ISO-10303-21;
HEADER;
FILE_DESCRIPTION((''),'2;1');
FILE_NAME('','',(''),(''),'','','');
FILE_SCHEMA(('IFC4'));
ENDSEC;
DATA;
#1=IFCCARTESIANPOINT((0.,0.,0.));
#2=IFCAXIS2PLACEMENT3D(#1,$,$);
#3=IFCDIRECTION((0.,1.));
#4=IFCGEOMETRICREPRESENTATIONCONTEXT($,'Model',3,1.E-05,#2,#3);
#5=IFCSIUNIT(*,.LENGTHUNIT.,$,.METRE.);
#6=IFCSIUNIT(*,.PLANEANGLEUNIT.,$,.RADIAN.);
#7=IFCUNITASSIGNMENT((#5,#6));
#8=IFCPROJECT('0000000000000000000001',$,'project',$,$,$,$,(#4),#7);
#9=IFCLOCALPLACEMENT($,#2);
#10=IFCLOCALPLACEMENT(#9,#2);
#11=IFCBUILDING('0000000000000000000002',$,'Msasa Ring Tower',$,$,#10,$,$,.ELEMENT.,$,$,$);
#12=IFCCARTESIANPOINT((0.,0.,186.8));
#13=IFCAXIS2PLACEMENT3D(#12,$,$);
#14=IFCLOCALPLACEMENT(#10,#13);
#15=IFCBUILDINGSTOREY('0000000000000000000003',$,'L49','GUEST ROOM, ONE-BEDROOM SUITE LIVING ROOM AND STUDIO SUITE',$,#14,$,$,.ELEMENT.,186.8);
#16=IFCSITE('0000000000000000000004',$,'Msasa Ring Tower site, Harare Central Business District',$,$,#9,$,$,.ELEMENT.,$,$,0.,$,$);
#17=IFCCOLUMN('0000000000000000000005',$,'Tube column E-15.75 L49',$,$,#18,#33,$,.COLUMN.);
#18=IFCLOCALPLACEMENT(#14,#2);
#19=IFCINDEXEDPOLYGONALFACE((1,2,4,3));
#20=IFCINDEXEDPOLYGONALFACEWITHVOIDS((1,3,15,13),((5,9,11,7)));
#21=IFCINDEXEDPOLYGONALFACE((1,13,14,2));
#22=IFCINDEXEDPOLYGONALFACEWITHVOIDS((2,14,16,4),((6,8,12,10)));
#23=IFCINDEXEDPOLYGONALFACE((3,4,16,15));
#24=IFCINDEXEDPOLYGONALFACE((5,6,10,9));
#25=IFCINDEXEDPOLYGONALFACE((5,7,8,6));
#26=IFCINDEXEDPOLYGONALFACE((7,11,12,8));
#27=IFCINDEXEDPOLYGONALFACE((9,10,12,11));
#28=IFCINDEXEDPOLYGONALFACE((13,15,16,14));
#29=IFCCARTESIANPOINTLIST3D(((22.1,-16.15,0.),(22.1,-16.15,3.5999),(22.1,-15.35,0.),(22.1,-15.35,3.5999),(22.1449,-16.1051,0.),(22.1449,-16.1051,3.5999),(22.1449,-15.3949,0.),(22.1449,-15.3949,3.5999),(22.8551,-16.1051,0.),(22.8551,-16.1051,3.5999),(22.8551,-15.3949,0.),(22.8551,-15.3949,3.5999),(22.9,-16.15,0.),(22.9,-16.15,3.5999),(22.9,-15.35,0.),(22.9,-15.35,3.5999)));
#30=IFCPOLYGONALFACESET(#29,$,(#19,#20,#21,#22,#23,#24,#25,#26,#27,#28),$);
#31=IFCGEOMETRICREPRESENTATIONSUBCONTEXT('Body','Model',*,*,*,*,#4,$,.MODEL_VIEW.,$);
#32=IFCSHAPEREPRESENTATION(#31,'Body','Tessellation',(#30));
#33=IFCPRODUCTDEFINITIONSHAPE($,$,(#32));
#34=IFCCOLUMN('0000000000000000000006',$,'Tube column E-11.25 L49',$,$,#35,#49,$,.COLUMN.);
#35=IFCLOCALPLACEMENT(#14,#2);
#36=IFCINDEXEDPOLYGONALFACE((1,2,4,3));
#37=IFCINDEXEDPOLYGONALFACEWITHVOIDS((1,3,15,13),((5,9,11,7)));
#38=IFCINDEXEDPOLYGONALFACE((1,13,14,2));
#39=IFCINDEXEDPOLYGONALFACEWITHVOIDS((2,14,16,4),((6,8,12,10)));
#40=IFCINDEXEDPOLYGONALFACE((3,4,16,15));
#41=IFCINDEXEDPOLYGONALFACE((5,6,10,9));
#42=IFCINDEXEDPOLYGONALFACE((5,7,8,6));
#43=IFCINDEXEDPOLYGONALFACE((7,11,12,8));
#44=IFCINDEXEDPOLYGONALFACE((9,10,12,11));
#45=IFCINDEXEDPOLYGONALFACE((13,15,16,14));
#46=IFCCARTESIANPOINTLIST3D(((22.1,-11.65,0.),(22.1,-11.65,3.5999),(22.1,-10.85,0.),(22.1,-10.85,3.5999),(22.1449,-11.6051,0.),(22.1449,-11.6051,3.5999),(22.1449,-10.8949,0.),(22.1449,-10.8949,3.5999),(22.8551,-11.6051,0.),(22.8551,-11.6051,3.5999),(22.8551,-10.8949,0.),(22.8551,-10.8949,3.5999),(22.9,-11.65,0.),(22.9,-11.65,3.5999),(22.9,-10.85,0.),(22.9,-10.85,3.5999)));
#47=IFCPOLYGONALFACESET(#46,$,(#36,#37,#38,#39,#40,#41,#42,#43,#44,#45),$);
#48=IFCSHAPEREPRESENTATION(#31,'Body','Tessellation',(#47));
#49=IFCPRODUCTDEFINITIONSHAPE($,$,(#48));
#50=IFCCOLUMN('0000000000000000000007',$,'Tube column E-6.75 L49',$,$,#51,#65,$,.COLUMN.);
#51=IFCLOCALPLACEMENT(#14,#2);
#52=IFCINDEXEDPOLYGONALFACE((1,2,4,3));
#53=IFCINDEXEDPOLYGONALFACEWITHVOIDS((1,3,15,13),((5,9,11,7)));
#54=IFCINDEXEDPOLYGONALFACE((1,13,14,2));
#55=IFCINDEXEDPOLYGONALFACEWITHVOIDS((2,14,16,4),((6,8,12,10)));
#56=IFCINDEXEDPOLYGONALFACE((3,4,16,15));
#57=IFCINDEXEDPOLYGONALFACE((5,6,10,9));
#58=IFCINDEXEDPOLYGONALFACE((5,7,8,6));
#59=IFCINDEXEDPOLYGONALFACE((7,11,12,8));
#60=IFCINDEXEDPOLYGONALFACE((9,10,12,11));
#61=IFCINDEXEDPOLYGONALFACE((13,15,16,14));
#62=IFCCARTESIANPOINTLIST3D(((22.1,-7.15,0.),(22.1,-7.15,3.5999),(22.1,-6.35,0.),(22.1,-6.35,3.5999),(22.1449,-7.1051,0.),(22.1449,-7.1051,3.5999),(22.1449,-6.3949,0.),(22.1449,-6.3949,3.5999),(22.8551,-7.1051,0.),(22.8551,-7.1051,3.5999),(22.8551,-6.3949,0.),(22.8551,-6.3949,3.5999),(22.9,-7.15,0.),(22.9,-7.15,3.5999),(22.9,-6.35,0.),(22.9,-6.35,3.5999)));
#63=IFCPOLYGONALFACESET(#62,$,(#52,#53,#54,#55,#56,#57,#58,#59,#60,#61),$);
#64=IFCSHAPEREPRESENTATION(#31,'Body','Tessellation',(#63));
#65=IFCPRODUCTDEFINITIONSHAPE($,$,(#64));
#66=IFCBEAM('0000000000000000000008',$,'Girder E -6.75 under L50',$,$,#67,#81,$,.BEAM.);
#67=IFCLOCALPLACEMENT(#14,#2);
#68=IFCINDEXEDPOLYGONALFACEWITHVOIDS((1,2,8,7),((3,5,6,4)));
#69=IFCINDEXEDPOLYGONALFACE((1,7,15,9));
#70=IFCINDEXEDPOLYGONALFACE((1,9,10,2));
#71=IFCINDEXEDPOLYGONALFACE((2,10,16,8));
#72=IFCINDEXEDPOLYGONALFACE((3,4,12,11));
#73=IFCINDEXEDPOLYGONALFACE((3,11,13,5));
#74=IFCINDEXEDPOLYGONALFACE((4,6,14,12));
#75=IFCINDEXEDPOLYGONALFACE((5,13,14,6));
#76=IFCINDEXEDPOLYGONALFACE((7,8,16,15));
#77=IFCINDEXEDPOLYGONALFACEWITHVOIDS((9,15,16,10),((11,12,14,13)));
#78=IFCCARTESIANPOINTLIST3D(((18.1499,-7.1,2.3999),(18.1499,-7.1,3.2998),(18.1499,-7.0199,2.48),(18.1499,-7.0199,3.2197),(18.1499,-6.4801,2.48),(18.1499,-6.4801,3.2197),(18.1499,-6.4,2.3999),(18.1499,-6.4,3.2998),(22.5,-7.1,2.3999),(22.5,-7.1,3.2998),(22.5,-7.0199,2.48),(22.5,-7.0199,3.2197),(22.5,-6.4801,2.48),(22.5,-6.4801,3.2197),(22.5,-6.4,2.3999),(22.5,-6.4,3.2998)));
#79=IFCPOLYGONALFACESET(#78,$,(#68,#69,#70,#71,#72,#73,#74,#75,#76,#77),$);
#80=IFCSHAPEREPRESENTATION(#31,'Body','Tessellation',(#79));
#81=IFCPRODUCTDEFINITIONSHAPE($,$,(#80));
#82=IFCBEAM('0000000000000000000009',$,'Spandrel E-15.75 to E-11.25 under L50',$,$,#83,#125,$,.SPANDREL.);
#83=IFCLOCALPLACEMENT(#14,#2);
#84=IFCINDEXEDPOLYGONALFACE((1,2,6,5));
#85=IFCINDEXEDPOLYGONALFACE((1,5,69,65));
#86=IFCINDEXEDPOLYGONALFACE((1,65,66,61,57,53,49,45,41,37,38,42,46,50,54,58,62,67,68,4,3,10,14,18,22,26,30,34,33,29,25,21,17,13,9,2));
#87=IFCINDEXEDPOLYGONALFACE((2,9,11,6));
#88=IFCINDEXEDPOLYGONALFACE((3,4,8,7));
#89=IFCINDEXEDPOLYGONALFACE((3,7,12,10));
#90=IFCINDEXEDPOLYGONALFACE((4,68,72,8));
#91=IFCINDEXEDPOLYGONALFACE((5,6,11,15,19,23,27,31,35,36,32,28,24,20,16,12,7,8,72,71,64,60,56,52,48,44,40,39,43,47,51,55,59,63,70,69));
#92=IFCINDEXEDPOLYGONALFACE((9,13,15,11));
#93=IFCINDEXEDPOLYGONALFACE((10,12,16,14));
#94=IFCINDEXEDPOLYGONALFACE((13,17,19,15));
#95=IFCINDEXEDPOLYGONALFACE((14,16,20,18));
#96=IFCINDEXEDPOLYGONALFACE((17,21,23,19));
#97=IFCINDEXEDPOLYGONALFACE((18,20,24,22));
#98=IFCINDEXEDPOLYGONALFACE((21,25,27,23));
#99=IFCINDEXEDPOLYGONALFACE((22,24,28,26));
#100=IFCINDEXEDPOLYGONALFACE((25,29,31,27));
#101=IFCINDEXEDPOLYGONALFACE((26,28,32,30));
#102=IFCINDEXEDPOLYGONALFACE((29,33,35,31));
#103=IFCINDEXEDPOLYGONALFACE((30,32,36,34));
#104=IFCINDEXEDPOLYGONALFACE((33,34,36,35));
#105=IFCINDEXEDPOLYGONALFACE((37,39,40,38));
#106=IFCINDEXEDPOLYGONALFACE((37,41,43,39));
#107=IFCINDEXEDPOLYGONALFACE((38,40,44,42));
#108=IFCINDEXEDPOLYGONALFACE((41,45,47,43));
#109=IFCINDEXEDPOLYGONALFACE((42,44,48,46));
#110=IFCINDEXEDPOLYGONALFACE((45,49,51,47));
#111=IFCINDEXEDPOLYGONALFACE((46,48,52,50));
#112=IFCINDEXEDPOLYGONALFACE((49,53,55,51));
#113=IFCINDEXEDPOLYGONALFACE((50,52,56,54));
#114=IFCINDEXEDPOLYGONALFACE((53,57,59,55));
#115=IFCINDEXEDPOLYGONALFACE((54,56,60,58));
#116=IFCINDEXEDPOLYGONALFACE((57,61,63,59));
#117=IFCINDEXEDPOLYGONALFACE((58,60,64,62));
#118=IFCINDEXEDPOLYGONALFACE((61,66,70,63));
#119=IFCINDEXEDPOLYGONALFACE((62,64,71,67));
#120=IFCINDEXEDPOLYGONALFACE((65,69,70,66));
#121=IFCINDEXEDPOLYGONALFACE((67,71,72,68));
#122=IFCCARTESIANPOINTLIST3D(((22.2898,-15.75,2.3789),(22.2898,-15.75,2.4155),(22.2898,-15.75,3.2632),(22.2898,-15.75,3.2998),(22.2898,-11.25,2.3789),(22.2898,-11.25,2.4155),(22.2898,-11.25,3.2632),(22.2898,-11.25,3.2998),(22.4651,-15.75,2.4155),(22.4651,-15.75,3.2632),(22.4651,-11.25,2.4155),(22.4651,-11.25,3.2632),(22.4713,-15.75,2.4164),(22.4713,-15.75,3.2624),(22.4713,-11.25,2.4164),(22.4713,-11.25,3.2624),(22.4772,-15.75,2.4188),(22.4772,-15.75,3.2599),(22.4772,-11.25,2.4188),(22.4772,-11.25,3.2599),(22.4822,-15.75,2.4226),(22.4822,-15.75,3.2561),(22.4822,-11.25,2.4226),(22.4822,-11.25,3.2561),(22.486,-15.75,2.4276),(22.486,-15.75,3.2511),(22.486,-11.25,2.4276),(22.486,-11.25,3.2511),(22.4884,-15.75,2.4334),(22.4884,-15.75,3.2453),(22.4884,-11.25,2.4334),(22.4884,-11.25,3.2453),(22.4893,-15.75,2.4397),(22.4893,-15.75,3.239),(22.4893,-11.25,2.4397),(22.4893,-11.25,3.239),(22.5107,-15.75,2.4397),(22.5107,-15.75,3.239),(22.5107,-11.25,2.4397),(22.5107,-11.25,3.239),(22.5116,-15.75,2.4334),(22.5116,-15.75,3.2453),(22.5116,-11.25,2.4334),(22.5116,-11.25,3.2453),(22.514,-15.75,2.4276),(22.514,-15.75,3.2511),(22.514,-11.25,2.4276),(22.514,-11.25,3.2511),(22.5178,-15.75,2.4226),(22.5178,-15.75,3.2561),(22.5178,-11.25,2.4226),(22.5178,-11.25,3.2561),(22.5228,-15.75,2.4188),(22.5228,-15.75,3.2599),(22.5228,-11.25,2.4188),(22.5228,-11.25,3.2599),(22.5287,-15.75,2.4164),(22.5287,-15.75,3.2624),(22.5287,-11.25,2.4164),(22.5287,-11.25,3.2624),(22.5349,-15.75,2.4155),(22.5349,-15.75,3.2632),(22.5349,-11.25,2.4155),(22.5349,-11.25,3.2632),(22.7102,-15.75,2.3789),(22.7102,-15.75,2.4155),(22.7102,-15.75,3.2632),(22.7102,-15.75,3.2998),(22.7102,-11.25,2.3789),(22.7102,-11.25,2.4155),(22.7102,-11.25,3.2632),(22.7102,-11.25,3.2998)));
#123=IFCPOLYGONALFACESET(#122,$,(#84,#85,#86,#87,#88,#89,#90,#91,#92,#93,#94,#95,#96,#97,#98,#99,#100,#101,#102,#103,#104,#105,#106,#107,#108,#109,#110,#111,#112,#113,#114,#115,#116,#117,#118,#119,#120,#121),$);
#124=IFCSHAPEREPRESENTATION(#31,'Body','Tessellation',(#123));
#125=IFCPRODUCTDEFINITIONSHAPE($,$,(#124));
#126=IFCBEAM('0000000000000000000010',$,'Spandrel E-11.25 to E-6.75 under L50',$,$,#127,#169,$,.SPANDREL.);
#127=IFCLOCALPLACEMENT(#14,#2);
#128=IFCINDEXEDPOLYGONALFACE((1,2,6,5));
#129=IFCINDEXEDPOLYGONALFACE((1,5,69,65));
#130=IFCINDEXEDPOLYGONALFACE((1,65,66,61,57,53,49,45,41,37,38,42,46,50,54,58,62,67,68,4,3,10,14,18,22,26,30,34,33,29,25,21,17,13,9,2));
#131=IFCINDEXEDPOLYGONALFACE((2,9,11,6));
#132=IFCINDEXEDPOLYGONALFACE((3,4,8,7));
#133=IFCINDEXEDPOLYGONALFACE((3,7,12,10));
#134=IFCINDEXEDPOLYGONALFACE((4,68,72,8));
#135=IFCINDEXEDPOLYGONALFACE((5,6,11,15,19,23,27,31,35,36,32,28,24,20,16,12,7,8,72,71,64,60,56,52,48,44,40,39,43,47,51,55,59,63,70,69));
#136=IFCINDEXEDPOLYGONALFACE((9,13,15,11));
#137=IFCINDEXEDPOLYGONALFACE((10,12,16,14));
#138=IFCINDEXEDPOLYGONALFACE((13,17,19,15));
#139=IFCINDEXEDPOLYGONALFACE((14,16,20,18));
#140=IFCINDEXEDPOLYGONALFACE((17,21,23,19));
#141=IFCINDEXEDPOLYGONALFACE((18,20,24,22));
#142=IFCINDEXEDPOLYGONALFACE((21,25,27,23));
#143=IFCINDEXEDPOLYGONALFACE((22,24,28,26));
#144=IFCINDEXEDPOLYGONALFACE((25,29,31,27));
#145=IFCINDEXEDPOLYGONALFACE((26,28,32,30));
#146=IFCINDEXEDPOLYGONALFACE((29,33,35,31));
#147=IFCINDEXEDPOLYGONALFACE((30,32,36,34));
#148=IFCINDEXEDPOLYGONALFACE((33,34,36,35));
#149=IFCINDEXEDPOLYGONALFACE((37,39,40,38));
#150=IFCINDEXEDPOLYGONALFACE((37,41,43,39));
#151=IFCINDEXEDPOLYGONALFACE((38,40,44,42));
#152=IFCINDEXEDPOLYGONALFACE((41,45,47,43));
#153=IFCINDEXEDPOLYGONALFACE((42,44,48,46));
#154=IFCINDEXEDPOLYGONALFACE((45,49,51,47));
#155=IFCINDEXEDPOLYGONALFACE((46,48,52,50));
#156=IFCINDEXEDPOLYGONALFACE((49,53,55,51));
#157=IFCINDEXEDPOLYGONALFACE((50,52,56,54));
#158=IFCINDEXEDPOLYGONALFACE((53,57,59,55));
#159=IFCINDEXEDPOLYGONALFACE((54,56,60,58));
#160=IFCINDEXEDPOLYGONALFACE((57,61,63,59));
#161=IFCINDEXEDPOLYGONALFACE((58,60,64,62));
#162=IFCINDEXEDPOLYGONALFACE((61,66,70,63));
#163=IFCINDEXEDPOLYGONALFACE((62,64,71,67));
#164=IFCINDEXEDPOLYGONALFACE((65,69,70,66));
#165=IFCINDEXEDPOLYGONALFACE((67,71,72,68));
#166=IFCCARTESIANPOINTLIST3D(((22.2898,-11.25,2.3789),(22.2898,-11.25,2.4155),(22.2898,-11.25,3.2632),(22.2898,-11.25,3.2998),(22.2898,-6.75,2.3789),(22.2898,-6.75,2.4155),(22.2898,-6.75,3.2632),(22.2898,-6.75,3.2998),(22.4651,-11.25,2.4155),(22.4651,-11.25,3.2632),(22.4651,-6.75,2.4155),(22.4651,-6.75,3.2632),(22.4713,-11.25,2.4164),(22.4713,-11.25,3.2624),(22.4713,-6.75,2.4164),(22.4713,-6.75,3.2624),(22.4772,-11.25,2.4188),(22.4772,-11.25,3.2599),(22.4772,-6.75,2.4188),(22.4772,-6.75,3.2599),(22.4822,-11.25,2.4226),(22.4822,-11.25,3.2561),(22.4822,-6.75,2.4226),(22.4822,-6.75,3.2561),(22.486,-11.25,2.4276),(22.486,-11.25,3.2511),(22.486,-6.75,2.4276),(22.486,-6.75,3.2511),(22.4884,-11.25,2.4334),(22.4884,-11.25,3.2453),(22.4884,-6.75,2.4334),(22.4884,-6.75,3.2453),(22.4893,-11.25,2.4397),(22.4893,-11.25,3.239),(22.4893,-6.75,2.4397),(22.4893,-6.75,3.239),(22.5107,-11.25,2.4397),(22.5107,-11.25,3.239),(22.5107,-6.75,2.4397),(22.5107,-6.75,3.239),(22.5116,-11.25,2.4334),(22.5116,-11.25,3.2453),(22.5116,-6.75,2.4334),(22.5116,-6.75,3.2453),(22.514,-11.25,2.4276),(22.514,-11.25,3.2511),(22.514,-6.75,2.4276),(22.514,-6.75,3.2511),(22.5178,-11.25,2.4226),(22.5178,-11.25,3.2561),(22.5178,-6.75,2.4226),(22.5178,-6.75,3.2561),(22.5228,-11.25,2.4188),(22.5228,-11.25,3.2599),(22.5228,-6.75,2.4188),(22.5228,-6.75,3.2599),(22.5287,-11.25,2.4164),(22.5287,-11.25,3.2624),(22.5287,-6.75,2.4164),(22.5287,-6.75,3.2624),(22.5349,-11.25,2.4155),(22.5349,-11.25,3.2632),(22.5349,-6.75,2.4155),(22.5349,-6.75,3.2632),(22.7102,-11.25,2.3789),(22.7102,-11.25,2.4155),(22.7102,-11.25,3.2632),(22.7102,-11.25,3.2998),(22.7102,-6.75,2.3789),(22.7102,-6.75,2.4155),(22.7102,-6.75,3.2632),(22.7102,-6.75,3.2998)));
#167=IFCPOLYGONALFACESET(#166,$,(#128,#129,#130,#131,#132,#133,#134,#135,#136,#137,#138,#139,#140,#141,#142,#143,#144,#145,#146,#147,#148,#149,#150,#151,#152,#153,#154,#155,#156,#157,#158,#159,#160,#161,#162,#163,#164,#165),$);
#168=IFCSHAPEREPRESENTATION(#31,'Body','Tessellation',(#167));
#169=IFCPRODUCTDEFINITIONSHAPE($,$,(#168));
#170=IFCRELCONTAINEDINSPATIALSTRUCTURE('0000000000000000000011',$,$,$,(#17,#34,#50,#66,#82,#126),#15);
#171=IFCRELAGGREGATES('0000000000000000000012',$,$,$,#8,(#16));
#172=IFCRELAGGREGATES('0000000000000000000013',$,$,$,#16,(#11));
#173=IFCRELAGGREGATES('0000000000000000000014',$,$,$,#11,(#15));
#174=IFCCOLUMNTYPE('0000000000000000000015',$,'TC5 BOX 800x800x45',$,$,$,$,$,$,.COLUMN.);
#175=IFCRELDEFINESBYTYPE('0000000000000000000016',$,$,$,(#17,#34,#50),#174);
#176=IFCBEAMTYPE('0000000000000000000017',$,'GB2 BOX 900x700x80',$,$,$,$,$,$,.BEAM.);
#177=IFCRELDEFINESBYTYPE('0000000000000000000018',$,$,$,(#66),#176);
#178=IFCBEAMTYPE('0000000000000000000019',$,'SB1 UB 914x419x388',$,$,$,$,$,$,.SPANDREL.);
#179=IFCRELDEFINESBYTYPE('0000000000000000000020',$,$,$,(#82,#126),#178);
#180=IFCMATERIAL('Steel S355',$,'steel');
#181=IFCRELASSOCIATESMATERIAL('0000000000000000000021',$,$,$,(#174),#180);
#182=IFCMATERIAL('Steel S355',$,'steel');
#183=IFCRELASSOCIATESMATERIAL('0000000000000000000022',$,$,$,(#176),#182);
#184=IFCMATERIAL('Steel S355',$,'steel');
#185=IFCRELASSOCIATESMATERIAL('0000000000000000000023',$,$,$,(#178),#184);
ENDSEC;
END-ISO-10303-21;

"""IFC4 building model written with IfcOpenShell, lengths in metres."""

from ifc_helpers import new_model, si_unit, direction, frame, origin, origin_2d, place, context, subcontext, project, spatial, hollow_rectangle, i_section, extrude, material, material_profile, profile_set, type_object, element, save


model = new_model("IFC4")

# Units and contexts
model_context = context("Model", 3, precision=1e-05, world=origin(), true_north=direction((0.0, 1.0)))
body_context = subcontext(model_context, "Body", "Model", "MODEL_VIEW")
ifc_project = project(units=[si_unit("LENGTHUNIT", "METRE"), si_unit("PLANEANGLEUNIT", "RADIAN")], contexts=[model_context])

# Site, building, storey
site_placement = place(None, origin())
site = spatial("IfcSite", under=ifc_project, at=site_placement, Name="Msasa Ring Tower site, Harare Central Business District", CompositionType="ELEMENT", RefElevation=0.0)
building_placement = place(site_placement, origin())
building = spatial("IfcBuilding", under=site, at=building_placement, Name="Msasa Ring Tower", CompositionType="ELEMENT")
storey_placement = place(building_placement, frame((0.0, 0.0, 186.8)))
storey = spatial("IfcBuildingStorey", under=building, at=storey_placement, Name="L49", Description="GUEST ROOM, ONE-BEDROOM SUITE LIVING ROOM AND STUDIO SUITE", CompositionType="ELEMENT", Elevation=186.8)

# Columns
ifc_material_1 = material(Name="Steel S355", Category="steel")
ifc_material_profile_1 = material_profile(ifc_material_1, hollow_rectangle(XDim=0.8, YDim=0.8, WallThickness=0.0449, at=origin_2d()), Name="BOX 800x800x45")
ifc_profile_set_1 = profile_set([ifc_material_profile_1], Name="Steel S355")
column_type = type_object("IfcColumnType", Name="TC5 BOX 800x800x45", PredefinedType="COLUMN", material=ifc_profile_set_1)
for number, where, z_axis, x_axis, name in (
    (1, (22.5, -15.75, 0.0), (0.0, 0.0, 1.0), (1.0, 0.0, 0.0), "Tube column E-15.75 L49"),
    (2, (22.5, -11.25, 0.0), (0.0, 0.0, 1.0), (1.0, 0.0, 0.0), "Tube column E-11.25 L49"),
    (3, (22.5, -6.75, 0.0), (0.0, 0.0, 1.0), (1.0, 0.0, 0.0), "Tube column E-6.75 L49"),
):
    element("IfcColumn", number, at=place(storey_placement, frame(where, z_axis=z_axis, x_axis=x_axis)), inside=storey, type_object=column_type, Name=name, PredefinedType="COLUMN", context=body_context, shape_type="SweptSolid", body=[
        extrude(hollow_rectangle(XDim=0.8, YDim=0.8, WallThickness=0.0449, at=origin_2d()), origin(), (0.0, 0.0, 1.0), 3.5999),
    ])

# Beams
ifc_material_2 = material(Name="Steel S355", Category="steel")
ifc_material_profile_2 = material_profile(ifc_material_2, hollow_rectangle(XDim=0.7, YDim=0.8999, WallThickness=0.0801, at=origin_2d()), Name="BOX 900x700x80")
ifc_profile_set_2 = profile_set([ifc_material_profile_2], Name="Steel S355")
beam_type_1 = type_object("IfcBeamType", Name="GB2 BOX 900x700x80", PredefinedType="BEAM", material=ifc_profile_set_2)
beam_placement = place(storey_placement, frame((18.1499, -6.75, 2.8499), z_axis=(1.0, 0.0, 0.0), x_axis=(0.0, 1.0, 0.0)))
element("IfcBeam", 4, at=beam_placement, inside=storey, type_object=beam_type_1, Name="Girder E -6.75 under L50", PredefinedType="BEAM", context=body_context, shape_type="SweptSolid", body=[
    extrude(hollow_rectangle(XDim=0.7, YDim=0.8999, WallThickness=0.0801, at=origin_2d()), origin(), (0.0, 0.0, 1.0), 4.3501),
])
ifc_material_3 = material(Name="Steel S355", Category="steel")
ifc_material_profile_3 = material_profile(ifc_material_3, i_section(OverallWidth=0.4204, OverallDepth=0.9209, WebThickness=0.0215, FlangeThickness=0.0366, FilletRadius=0.0242, at=origin_2d()), Name="UB 914x419x388")
ifc_profile_set_3 = profile_set([ifc_material_profile_3], Name="Steel S355")
beam_type_2 = type_object("IfcBeamType", Name="SB1 UB 914x419x388", PredefinedType="SPANDREL", material=ifc_profile_set_3)
for number, where, z_axis, x_axis, name in (
    (5, (22.5, -15.75, 2.8394), (0.0, 1.0, 0.0), (-1.0, 0.0, 0.0), "Spandrel E-15.75 to E-11.25 under L50"),
    (6, (22.5, -11.25, 2.8394), (0.0, 1.0, 0.0), (-1.0, 0.0, 0.0), "Spandrel E-11.25 to E-6.75 under L50"),
):
    element("IfcBeam", number, at=place(storey_placement, frame(where, z_axis=z_axis, x_axis=x_axis)), inside=storey, type_object=beam_type_2, Name=name, PredefinedType="SPANDREL", context=body_context, shape_type="SweptSolid", body=[
        extrude(i_section(OverallWidth=0.4204, OverallDepth=0.9209, WebThickness=0.0215, FlangeThickness=0.0366, FilletRadius=0.0242, at=origin_2d()), origin(), (0.0, 0.0, 1.0), 4.5),
    ])

save(model, "model.ifc")
